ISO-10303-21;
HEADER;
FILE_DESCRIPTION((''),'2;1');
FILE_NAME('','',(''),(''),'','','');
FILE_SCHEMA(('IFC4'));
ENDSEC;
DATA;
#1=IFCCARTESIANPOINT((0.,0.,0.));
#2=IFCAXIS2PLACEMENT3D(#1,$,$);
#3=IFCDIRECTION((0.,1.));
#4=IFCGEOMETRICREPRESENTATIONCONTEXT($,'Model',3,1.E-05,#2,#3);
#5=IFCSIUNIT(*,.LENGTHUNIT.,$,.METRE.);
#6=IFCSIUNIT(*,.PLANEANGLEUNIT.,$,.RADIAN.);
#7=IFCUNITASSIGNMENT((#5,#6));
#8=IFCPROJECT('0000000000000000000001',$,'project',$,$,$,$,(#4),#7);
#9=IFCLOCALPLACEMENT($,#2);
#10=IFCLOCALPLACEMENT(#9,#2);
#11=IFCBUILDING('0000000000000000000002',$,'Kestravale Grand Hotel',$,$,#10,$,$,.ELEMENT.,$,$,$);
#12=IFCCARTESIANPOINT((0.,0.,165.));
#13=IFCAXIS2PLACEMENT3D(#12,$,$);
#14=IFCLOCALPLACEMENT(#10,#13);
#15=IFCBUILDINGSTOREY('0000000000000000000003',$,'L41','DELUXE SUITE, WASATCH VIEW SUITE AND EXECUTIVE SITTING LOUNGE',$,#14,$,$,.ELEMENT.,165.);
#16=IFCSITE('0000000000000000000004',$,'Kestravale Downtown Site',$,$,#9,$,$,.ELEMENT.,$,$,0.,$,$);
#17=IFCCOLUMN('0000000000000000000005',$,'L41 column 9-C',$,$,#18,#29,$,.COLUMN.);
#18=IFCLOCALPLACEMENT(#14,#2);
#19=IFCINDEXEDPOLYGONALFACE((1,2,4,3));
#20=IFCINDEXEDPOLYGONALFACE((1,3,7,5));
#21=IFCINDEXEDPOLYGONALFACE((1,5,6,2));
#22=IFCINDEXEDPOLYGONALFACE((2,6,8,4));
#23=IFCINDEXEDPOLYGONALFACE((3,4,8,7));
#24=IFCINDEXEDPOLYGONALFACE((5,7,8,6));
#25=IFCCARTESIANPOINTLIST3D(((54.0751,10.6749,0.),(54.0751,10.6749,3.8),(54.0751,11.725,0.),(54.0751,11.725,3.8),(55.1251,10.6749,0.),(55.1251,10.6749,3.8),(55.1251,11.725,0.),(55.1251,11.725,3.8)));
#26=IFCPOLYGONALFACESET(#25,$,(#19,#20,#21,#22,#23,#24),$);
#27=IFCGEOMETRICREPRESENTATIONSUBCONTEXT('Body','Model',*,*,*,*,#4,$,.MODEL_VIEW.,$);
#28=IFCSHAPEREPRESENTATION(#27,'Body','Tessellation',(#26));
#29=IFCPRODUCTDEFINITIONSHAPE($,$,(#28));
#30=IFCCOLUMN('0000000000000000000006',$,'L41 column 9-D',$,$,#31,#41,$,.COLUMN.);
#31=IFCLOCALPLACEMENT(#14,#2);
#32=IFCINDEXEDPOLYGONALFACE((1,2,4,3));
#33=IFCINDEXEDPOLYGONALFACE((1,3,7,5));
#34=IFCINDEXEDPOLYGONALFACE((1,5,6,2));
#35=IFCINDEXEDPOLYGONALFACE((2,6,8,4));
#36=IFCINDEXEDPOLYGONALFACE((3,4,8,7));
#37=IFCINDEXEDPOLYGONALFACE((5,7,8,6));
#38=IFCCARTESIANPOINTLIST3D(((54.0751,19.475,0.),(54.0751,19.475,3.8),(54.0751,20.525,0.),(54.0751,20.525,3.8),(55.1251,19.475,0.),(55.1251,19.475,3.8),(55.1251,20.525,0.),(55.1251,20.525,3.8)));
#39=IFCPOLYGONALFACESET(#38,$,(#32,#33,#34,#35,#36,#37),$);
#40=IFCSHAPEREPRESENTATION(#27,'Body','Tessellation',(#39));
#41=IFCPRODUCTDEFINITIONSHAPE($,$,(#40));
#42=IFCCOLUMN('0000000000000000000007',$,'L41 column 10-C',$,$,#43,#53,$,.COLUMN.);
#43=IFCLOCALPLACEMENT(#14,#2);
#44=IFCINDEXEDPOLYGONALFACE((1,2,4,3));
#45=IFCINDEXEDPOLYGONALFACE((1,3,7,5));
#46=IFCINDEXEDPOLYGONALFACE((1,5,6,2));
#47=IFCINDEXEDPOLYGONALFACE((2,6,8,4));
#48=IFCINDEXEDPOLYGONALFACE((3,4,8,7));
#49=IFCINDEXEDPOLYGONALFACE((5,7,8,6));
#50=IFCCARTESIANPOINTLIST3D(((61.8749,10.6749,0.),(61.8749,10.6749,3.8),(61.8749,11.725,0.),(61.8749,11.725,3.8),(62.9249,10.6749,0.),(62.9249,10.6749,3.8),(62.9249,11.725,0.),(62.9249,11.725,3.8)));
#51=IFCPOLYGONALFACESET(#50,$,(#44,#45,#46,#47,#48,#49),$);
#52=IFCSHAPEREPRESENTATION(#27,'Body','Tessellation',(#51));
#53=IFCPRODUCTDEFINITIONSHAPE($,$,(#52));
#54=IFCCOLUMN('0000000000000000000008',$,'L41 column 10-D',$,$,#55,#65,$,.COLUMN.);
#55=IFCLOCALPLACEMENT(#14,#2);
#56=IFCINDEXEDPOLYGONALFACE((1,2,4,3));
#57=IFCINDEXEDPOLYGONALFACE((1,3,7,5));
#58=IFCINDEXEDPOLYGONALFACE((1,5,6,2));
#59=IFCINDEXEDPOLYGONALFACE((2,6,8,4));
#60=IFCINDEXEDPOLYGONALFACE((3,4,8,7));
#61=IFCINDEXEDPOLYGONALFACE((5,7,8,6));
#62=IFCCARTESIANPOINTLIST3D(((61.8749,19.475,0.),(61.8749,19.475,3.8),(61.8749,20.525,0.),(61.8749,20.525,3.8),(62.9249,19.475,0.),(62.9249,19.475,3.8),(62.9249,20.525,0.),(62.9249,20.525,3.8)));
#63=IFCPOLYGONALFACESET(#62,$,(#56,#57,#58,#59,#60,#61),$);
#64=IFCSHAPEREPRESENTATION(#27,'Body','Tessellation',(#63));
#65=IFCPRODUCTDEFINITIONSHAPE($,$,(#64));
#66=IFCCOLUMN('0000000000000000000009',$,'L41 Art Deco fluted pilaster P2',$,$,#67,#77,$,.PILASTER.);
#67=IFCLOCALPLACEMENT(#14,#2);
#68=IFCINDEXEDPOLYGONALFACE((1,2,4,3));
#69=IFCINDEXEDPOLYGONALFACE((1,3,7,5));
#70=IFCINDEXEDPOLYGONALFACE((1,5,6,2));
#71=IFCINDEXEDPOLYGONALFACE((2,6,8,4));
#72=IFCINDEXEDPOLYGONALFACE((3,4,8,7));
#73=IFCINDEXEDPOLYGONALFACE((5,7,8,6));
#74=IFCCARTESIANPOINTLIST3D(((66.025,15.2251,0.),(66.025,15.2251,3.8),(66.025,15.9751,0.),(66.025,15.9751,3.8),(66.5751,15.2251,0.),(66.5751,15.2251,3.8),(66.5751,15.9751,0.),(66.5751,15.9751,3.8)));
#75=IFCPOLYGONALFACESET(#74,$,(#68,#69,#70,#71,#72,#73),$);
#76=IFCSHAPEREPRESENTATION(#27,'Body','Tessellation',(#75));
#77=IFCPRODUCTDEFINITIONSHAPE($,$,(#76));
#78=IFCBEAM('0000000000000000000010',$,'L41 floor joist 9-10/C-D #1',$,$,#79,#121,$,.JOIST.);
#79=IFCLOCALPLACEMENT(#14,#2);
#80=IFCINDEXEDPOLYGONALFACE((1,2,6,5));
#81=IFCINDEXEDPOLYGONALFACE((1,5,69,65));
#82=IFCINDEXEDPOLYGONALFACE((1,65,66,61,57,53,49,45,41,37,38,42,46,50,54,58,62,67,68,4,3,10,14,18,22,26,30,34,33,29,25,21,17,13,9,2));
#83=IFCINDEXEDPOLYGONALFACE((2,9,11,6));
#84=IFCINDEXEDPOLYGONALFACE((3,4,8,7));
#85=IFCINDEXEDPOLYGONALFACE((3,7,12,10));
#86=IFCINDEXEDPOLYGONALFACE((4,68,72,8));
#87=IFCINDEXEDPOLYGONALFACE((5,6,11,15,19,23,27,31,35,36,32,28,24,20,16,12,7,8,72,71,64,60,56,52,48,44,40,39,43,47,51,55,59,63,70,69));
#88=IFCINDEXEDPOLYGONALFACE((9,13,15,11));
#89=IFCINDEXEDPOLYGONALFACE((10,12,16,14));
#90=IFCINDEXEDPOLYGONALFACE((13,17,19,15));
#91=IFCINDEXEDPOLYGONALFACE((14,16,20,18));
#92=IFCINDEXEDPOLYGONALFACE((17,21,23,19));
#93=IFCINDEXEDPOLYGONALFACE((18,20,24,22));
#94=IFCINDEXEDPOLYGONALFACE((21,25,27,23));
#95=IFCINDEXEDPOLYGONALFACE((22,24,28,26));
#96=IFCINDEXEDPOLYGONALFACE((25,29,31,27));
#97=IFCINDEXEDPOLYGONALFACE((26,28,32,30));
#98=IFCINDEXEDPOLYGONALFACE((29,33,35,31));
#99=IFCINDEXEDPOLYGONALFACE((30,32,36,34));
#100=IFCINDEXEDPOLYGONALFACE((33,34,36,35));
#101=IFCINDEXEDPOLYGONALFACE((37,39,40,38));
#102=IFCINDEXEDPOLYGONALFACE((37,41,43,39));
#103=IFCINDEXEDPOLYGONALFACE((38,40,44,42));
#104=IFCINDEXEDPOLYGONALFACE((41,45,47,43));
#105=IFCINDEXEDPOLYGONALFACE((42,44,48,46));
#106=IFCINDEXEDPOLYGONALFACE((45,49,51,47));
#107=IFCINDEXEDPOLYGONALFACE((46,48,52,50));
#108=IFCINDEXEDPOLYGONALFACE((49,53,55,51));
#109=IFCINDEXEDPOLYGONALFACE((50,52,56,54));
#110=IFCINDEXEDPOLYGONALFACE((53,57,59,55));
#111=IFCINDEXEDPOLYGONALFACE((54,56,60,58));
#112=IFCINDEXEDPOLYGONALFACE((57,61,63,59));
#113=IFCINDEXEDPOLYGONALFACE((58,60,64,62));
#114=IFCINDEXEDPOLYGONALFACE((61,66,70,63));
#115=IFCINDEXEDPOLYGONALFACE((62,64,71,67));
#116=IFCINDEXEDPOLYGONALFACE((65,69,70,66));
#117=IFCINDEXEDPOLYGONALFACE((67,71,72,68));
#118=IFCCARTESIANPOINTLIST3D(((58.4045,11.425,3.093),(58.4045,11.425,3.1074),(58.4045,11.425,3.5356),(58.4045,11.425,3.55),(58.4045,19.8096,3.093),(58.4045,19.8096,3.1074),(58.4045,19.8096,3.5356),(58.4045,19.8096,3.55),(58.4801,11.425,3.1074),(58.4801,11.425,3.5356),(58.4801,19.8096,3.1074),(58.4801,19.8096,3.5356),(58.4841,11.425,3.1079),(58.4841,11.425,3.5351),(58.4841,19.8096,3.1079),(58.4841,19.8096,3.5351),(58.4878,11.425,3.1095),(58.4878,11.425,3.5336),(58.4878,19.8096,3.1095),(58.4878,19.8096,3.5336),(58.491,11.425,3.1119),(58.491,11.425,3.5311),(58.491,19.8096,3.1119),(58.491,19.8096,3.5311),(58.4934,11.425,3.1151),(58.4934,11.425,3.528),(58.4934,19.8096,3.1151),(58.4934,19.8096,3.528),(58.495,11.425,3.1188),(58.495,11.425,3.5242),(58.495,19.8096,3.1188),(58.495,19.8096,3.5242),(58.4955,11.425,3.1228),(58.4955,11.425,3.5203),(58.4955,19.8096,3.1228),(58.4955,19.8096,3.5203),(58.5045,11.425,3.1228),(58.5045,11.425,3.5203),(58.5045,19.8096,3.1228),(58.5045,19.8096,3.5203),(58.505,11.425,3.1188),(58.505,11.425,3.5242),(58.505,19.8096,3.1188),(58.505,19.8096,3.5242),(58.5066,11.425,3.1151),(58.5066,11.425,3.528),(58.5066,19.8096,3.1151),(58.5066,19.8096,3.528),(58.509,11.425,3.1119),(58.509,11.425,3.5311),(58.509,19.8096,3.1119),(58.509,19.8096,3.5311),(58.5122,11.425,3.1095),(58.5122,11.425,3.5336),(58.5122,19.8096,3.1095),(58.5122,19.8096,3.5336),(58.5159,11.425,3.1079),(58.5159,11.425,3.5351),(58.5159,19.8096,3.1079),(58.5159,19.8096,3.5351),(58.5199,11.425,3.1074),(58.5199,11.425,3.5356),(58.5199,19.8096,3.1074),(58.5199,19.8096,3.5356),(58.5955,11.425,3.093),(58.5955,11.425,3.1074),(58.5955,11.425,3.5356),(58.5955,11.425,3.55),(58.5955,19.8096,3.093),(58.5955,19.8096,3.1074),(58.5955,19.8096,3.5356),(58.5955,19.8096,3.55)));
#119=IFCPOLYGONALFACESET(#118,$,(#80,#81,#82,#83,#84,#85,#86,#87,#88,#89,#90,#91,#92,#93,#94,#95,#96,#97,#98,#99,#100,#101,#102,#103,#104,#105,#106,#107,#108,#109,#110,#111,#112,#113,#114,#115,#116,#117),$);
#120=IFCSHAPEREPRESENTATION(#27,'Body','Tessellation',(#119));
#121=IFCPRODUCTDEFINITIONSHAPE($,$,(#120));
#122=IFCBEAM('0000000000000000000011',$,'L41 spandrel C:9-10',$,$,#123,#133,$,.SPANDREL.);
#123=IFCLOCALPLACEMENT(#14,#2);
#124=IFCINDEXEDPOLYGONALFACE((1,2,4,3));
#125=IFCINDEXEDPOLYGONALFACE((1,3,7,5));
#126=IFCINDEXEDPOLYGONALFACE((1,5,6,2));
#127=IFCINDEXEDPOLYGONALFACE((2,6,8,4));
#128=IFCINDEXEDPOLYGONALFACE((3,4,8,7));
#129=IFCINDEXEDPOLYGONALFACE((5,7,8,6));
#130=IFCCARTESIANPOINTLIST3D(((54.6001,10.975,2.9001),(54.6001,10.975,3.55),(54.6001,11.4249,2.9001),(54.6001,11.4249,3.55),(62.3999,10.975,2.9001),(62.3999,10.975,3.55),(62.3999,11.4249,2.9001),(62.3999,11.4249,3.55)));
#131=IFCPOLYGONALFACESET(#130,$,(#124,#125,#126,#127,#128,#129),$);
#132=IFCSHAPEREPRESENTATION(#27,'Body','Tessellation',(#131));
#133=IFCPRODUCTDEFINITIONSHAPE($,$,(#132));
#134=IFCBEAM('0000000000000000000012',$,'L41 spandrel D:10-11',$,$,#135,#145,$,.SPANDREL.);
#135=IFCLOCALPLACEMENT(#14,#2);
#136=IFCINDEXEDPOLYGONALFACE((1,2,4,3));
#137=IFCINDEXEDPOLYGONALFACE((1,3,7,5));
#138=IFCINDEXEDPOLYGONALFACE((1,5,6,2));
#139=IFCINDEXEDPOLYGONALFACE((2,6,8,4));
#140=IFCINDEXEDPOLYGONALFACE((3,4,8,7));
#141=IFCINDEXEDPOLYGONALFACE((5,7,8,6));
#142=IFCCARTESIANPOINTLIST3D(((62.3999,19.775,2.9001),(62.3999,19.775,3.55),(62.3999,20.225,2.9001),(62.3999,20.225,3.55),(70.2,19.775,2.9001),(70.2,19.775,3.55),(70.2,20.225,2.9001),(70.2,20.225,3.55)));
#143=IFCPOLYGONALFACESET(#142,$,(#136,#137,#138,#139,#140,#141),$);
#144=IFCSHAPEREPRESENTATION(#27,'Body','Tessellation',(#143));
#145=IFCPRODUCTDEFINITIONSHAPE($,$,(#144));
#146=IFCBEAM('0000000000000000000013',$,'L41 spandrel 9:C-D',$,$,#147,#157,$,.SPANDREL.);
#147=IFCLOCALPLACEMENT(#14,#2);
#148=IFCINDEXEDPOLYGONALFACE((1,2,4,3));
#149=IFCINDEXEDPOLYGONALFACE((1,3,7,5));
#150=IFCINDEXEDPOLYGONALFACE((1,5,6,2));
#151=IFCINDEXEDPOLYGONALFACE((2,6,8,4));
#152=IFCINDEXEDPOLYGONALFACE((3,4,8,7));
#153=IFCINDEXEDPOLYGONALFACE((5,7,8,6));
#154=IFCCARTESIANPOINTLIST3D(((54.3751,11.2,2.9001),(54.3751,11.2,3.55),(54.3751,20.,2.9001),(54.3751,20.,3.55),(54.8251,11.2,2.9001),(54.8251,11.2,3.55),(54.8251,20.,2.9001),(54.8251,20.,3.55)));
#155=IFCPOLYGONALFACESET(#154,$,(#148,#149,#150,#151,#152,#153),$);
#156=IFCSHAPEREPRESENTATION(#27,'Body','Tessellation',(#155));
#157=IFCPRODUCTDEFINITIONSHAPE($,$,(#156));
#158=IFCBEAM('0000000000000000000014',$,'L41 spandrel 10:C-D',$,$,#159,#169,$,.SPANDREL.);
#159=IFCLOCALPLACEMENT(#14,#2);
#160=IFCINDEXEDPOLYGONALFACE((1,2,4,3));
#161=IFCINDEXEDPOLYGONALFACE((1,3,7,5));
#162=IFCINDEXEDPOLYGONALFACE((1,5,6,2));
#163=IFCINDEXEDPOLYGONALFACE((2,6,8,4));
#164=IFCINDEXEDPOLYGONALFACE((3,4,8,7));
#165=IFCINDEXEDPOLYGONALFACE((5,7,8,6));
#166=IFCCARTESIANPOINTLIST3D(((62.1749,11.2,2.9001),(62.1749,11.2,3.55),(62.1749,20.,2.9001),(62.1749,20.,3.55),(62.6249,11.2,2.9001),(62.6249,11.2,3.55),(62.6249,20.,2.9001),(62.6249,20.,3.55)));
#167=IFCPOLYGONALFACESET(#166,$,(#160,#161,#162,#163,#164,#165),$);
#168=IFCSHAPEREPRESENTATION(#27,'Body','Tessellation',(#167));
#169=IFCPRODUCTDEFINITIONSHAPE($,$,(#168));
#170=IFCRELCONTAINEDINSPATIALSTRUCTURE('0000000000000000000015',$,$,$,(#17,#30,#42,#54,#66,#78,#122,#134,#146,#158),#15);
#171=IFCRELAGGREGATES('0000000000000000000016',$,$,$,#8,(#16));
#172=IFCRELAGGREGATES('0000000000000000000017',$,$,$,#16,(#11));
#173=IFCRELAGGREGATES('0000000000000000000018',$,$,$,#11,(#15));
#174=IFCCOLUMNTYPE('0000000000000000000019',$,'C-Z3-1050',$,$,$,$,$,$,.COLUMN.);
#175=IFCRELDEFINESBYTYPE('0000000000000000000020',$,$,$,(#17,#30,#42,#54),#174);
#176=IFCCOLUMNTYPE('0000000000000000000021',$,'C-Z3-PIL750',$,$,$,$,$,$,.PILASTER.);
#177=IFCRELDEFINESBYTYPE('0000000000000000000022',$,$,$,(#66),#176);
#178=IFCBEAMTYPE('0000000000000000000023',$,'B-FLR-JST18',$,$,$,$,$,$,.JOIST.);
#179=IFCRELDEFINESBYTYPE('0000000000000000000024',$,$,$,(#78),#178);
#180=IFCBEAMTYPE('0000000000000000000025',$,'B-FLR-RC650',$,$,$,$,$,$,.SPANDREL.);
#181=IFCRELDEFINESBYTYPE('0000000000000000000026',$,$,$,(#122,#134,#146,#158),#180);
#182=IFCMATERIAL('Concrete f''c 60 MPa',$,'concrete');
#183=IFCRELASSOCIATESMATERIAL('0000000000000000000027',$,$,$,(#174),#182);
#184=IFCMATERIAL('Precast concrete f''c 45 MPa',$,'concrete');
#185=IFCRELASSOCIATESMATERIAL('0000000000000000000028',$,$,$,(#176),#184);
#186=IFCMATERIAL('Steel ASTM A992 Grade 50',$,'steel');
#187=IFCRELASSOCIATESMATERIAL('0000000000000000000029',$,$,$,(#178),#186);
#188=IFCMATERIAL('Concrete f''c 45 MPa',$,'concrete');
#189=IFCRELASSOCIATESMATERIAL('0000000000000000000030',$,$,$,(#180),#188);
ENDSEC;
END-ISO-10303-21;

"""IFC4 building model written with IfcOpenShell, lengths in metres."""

from ifc_helpers import new_model, si_unit, direction, frame, origin, origin_2d, place, context, subcontext, project, spatial, rectangle, i_section, extrude, material, material_profile, profile_set, type_object, element, save


model = new_model("IFC4")

# Units and contexts
model_context = context("Model", 3, precision=1e-05, world=origin(), true_north=direction((0.0, 1.0)))
body_context = subcontext(model_context, "Body", "Model", "MODEL_VIEW")
ifc_project = project(units=[si_unit("LENGTHUNIT", "METRE"), si_unit("PLANEANGLEUNIT", "RADIAN")], contexts=[model_context])

# Site, building, storey
site_placement = place(None, origin())
site = spatial("IfcSite", under=ifc_project, at=site_placement, Name="Kestravale Downtown Site", CompositionType="ELEMENT", RefElevation=0.0)
building_placement = place(site_placement, origin())
building = spatial("IfcBuilding", under=site, at=building_placement, Name="Kestravale Grand Hotel", CompositionType="ELEMENT")
storey_placement = place(building_placement, frame((0.0, 0.0, 165.0)))
storey = spatial("IfcBuildingStorey", under=building, at=storey_placement, Name="L41", Description="DELUXE SUITE, WASATCH VIEW SUITE AND EXECUTIVE SITTING LOUNGE", CompositionType="ELEMENT", Elevation=165.0)

# Columns
ifc_material_1 = material(Name="Concrete f'c 60 MPa", Category="concrete")
ifc_material_profile_1 = material_profile(ifc_material_1, rectangle(XDim=1.05, YDim=1.05, at=origin_2d()))
ifc_profile_set_1 = profile_set([ifc_material_profile_1], Name="Concrete f'c 60 MPa")
column_type_1 = type_object("IfcColumnType", Name="C-Z3-1050", PredefinedType="COLUMN", material=ifc_profile_set_1)
for number, where, z_axis, x_axis, name in (
    (1, (54.6001, 11.2, 0.0), (0.0, 0.0, 1.0), (1.0, 0.0, 0.0), "L41 column 9-C"),
    (2, (54.6001, 20.0, 0.0), (0.0, 0.0, 1.0), (1.0, 0.0, 0.0), "L41 column 9-D"),
    (3, (62.3999, 11.2, 0.0), (0.0, 0.0, 1.0), (1.0, 0.0, 0.0), "L41 column 10-C"),
    (4, (62.3999, 20.0, 0.0), (0.0, 0.0, 1.0), (1.0, 0.0, 0.0), "L41 column 10-D"),
):
    element("IfcColumn", number, at=place(storey_placement, frame(where, z_axis=z_axis, x_axis=x_axis)), inside=storey, type_object=column_type_1, Name=name, PredefinedType="COLUMN", context=body_context, shape_type="SweptSolid", body=[
        extrude(rectangle(XDim=1.05, YDim=1.05, at=origin_2d()), origin(), (0.0, 0.0, 1.0), 3.8),
    ])
ifc_material_2 = material(Name="Precast concrete f'c 45 MPa", Category="concrete")
ifc_material_profile_2 = material_profile(ifc_material_2, rectangle(XDim=0.55, YDim=0.75, at=origin_2d()))
ifc_profile_set_2 = profile_set([ifc_material_profile_2], Name="Precast concrete f'c 45 MPa")
column_type_2 = type_object("IfcColumnType", Name="C-Z3-PIL750", PredefinedType="PILASTER", material=ifc_profile_set_2)
column_placement = place(storey_placement, frame((66.3, 15.6001, 0.0), z_axis=(0.0, 0.0, 1.0), x_axis=(1.0, 0.0, 0.0)))
element("IfcColumn", 5, at=column_placement, inside=storey, type_object=column_type_2, Name="L41 Art Deco fluted pilaster P2", PredefinedType="PILASTER", context=body_context, shape_type="SweptSolid", body=[
    extrude(rectangle(XDim=0.55, YDim=0.75, at=origin_2d()), origin(), (0.0, 0.0, 1.0), 3.8),
])

# Beams
ifc_material_3 = material(Name="Steel ASTM A992 Grade 50", Category="steel")
ifc_material_profile_3 = material_profile(ifc_material_3, i_section(OverallWidth=0.1909, OverallDepth=0.457, WebThickness=0.009, FlangeThickness=0.0144, FilletRadius=0.0154, at=origin_2d()))
ifc_profile_set_3 = profile_set([ifc_material_profile_3], Name="Steel ASTM A992 Grade 50")
beam_type_1 = type_object("IfcBeamType", Name="B-FLR-JST18", PredefinedType="JOIST", material=ifc_profile_set_3)
beam_1_placement = place(storey_placement, frame((58.5, 11.425, 3.3215), z_axis=(0.0, 1.0, 0.0), x_axis=(-1.0, 0.0, 0.0)))
element("IfcBeam", 6, at=beam_1_placement, inside=storey, type_object=beam_type_1, Name="L41 floor joist 9-10/C-D #1", PredefinedType="JOIST", context=body_context, shape_type="SweptSolid", body=[
    extrude(i_section(OverallWidth=0.1909, OverallDepth=0.457, WebThickness=0.009, FlangeThickness=0.0144, FilletRadius=0.0154, at=origin_2d()), origin(), (0.0, 0.0, 1.0), 8.3845),
])
ifc_material_4 = material(Name="Concrete f'c 45 MPa", Category="concrete")
ifc_material_profile_4 = material_profile(ifc_material_4, rectangle(XDim=0.45, YDim=0.6499, at=origin_2d()))
ifc_profile_set_4 = profile_set([ifc_material_profile_4], Name="Concrete f'c 45 MPa")
beam_type_2 = type_object("IfcBeamType", Name="B-FLR-RC650", PredefinedType="SPANDREL", material=ifc_profile_set_4)
beam_2_placement = place(storey_placement, frame((54.6001, 11.2, 3.2251), z_axis=(1.0, 0.0, 0.0), x_axis=(0.0, 1.0, 0.0)))
element("IfcBeam", 7, at=beam_2_placement, inside=storey, type_object=beam_type_2, Name="L41 spandrel C:9-10", PredefinedType="SPANDREL", context=body_context, shape_type="SweptSolid", body=[
    extrude(rectangle(XDim=0.45, YDim=0.6499, at=origin_2d()), origin(), (0.0, 0.0, 1.0), 7.7998),
])
beam_3_placement = place(storey_placement, frame((62.3999, 20.0, 3.2251), z_axis=(1.0, 0.0, 0.0), x_axis=(0.0, 1.0, 0.0)))
element("IfcBeam", 8, at=beam_3_placement, inside=storey, type_object=beam_type_2, Name="L41 spandrel D:10-11", PredefinedType="SPANDREL", context=body_context, shape_type="SweptSolid", body=[
    extrude(rectangle(XDim=0.45, YDim=0.6499, at=origin_2d()), origin(), (0.0, 0.0, 1.0), 7.8),
])
for number, where, z_axis, x_axis, name in (
    (9, (54.6001, 11.2, 3.2251), (0.0, 1.0, 0.0), (-1.0, 0.0, 0.0), "L41 spandrel 9:C-D"),
    (10, (62.3999, 11.2, 3.2251), (0.0, 1.0, 0.0), (-1.0, 0.0, 0.0), "L41 spandrel 10:C-D"),
):
    element("IfcBeam", number, at=place(storey_placement, frame(where, z_axis=z_axis, x_axis=x_axis)), inside=storey, type_object=beam_type_2, Name=name, PredefinedType="SPANDREL", context=body_context, shape_type="SweptSolid", body=[
        extrude(rectangle(XDim=0.45, YDim=0.6499, at=origin_2d()), origin(), (0.0, 0.0, 1.0), 8.8),
    ])

save(model, "model.ifc")
